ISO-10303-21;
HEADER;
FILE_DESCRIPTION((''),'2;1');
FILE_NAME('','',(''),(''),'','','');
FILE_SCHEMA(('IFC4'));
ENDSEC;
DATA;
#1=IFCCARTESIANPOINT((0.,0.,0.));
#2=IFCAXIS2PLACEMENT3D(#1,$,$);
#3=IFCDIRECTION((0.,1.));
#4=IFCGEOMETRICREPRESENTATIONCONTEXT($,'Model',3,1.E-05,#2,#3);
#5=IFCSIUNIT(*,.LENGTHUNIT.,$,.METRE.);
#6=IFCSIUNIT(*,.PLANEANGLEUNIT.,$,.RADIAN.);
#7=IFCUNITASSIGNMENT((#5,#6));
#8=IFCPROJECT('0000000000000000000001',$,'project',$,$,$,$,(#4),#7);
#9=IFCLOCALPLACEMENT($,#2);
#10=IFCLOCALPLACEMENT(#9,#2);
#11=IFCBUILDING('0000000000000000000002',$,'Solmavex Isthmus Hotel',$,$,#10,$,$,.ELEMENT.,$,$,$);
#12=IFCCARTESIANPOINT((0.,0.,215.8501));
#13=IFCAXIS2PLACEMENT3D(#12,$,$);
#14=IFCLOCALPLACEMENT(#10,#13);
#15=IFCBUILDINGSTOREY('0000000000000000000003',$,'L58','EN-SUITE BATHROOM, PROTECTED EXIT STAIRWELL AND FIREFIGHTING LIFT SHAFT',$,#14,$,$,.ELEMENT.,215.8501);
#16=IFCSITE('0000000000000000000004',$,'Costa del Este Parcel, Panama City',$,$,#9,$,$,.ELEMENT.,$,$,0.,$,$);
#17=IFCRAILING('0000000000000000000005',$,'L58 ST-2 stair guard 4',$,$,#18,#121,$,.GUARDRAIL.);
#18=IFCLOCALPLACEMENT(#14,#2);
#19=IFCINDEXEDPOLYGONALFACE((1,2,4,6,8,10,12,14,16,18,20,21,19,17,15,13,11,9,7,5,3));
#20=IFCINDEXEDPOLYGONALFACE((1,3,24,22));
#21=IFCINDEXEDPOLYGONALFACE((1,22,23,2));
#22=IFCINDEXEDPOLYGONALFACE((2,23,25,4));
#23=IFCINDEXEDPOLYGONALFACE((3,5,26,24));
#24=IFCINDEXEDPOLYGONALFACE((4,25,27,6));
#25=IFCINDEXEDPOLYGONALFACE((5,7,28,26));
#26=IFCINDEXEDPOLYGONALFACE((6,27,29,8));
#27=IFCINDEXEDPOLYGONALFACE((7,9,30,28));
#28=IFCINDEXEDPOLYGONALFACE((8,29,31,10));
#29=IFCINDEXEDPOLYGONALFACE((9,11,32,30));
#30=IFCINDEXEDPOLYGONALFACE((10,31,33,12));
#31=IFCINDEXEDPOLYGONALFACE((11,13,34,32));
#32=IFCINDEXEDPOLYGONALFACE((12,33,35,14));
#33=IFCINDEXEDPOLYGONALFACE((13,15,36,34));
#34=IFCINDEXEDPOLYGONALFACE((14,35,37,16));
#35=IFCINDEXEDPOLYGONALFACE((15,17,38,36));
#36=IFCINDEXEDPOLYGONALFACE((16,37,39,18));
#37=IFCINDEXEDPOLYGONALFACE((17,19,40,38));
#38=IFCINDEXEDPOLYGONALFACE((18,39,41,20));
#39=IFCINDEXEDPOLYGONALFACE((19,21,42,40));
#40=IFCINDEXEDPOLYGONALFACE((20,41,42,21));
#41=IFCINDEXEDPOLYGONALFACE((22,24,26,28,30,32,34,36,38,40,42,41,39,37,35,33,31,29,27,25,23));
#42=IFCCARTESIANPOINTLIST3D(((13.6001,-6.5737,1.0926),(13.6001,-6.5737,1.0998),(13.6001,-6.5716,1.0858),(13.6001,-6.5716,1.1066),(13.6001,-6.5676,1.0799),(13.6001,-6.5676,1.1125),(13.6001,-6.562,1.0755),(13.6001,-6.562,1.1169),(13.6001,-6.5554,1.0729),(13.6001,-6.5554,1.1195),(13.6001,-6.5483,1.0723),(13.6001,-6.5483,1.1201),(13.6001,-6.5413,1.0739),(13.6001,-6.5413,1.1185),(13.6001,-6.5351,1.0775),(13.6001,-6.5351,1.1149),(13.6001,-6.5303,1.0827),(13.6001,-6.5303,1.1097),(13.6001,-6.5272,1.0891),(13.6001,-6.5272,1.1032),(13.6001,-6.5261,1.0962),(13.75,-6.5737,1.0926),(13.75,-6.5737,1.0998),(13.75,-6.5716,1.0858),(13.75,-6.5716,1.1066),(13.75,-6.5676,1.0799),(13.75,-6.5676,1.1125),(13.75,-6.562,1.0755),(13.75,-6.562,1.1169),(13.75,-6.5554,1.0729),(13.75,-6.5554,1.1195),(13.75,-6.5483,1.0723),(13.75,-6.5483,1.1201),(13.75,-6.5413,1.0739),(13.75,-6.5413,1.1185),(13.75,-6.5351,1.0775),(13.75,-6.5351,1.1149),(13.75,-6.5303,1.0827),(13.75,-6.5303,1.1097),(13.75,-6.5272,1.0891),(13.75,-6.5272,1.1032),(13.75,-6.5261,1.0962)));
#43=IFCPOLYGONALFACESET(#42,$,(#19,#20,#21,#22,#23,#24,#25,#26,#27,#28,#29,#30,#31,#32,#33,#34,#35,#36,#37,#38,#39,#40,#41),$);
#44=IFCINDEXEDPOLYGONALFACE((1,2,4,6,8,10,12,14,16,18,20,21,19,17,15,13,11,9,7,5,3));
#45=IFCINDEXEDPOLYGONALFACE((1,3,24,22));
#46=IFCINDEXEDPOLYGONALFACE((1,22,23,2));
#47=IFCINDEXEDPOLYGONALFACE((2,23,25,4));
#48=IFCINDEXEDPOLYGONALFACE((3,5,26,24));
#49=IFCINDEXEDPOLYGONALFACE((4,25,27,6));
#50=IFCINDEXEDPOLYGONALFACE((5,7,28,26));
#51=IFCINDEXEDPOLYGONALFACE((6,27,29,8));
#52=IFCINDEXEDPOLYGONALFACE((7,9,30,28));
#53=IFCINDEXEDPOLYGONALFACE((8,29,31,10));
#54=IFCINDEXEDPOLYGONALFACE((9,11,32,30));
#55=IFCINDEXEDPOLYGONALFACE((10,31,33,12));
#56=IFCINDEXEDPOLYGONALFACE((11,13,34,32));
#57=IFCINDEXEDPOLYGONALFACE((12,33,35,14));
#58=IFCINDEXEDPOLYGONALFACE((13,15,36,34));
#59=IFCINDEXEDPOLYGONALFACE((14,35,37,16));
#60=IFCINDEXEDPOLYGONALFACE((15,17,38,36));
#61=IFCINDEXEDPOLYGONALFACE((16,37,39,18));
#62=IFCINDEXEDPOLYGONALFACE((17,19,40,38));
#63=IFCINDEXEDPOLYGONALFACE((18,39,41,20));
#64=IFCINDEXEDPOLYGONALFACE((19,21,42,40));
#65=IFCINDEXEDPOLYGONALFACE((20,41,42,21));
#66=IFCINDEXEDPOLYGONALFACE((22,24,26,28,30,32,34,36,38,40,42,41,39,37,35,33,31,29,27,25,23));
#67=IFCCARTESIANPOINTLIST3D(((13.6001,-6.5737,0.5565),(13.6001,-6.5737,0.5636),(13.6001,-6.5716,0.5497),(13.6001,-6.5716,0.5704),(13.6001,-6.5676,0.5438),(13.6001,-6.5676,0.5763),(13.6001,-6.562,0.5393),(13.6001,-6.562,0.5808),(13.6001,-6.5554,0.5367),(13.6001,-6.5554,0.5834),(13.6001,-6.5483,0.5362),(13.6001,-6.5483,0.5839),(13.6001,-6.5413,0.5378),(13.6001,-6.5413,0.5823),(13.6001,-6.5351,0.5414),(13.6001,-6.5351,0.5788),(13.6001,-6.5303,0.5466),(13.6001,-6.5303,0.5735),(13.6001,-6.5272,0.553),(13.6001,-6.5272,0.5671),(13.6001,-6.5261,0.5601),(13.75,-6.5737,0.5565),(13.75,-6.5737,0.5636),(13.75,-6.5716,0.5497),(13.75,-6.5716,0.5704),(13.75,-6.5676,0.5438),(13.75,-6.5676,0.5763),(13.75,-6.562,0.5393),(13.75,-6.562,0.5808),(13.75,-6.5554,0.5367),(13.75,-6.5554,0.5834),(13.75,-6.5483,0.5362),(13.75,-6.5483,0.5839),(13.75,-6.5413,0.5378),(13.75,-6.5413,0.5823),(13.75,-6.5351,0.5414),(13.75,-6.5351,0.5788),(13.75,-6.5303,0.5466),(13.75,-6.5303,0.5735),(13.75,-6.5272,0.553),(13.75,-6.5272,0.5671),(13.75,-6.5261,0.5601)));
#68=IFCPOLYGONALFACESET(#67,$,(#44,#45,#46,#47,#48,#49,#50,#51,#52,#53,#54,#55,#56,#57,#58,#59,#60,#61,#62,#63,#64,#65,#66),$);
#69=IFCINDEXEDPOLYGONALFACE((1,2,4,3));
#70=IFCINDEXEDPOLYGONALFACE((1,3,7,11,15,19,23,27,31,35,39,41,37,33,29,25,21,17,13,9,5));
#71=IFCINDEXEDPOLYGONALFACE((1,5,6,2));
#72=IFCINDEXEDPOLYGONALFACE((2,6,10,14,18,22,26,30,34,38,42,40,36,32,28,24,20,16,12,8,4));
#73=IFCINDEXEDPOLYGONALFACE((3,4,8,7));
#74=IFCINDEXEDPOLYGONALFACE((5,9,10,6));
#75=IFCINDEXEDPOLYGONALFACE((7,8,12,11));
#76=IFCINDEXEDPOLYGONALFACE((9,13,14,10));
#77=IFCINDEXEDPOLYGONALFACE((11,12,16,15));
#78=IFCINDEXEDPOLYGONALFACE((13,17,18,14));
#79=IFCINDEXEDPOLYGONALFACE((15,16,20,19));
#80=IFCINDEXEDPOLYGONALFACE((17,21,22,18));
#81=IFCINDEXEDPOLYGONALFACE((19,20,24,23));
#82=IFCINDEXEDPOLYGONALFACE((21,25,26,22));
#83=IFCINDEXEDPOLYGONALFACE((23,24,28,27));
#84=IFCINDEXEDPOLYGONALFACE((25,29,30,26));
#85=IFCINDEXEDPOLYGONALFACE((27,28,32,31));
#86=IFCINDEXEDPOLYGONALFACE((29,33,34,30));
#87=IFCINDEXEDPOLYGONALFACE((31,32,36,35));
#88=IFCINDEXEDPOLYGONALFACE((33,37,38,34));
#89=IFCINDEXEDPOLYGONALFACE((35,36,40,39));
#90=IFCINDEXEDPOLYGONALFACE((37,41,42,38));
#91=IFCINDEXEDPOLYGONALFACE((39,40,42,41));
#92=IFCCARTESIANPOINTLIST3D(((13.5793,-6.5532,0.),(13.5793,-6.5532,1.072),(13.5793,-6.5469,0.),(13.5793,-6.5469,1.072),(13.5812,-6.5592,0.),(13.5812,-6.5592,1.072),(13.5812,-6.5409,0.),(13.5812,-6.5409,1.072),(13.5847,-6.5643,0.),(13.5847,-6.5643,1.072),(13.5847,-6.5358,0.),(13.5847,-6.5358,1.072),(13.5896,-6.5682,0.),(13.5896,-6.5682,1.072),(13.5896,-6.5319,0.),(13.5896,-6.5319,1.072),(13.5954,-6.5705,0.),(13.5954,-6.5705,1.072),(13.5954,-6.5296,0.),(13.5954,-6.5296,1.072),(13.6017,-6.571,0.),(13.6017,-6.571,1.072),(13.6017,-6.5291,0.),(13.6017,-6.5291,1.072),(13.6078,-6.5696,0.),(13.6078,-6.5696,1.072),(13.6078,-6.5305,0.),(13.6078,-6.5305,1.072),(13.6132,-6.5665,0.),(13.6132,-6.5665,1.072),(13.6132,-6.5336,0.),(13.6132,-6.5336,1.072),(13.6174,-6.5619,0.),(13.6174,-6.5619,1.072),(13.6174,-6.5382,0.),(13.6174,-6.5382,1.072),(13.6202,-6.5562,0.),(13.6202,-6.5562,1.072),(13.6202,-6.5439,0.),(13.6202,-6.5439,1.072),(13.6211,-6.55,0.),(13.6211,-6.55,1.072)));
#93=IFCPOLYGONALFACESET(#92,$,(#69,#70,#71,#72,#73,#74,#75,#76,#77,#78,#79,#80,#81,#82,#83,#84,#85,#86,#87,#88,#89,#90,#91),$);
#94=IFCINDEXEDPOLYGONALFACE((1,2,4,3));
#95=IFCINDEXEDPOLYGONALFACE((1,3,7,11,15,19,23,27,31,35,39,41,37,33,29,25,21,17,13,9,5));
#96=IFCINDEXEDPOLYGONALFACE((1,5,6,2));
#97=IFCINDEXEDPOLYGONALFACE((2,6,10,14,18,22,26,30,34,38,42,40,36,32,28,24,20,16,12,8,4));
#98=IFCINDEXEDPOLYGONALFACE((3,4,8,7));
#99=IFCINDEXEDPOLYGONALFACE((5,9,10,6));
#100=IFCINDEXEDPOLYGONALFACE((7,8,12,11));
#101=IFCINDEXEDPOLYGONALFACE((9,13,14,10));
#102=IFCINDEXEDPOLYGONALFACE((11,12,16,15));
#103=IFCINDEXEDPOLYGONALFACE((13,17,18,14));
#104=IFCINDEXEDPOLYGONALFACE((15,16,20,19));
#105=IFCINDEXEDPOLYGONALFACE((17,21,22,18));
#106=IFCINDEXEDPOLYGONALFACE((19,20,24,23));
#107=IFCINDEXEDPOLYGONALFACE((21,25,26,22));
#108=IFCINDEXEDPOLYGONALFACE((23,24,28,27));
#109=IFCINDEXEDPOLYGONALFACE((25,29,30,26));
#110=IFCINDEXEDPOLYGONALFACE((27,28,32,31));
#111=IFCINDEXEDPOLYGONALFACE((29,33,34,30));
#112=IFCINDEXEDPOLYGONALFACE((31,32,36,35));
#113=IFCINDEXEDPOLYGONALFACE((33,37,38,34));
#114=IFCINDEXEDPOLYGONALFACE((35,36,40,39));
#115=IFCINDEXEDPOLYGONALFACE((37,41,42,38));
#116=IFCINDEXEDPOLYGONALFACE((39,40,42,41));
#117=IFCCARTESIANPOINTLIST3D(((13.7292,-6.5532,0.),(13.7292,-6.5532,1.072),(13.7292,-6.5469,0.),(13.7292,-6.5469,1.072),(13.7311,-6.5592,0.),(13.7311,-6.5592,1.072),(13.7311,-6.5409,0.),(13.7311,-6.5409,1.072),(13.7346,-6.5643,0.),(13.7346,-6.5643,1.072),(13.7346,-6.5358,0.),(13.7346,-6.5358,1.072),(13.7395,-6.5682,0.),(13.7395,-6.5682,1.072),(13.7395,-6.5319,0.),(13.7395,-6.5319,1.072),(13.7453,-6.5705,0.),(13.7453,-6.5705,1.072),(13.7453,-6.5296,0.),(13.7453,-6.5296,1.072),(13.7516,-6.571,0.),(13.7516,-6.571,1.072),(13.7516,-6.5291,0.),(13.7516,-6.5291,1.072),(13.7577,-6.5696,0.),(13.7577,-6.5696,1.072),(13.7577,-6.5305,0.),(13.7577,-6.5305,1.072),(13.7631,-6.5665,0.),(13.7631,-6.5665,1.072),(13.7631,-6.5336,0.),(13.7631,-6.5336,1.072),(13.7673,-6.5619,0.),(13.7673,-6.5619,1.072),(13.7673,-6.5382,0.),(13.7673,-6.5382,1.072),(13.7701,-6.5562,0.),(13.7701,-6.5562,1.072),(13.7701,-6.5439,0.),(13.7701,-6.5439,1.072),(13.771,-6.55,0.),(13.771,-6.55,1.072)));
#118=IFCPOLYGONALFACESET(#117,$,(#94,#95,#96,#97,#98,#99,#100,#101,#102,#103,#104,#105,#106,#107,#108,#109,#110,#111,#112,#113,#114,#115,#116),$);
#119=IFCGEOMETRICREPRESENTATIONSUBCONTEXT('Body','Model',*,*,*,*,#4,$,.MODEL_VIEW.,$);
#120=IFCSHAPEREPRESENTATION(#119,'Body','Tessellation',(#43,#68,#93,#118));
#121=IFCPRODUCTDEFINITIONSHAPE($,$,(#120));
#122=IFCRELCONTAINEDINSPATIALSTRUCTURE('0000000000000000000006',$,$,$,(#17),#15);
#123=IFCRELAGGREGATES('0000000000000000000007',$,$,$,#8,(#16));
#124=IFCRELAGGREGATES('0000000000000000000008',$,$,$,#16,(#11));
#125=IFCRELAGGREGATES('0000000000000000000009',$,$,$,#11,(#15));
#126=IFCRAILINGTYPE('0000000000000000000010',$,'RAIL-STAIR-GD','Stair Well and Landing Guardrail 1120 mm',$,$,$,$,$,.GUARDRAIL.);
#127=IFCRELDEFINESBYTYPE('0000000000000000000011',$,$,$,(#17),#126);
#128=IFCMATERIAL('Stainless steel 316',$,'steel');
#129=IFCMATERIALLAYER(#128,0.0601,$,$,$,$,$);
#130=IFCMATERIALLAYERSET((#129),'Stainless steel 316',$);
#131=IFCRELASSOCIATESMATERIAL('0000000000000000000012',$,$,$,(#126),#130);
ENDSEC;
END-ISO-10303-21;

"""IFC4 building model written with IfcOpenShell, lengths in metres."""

from ifc_helpers import new_model, si_unit, direction, frame, origin, origin_2d, place, context, subcontext, project, spatial, circle, extrude, material, layer, layer_set, type_object, element, save


model = new_model("IFC4")

# Units and contexts
model_context = context("Model", 3, precision=1e-05, world=origin(), true_north=direction((0.0, 1.0)))
body_context = subcontext(model_context, "Body", "Model", "MODEL_VIEW")
ifc_project = project(units=[si_unit("LENGTHUNIT", "METRE"), si_unit("PLANEANGLEUNIT", "RADIAN")], contexts=[model_context])

# Site, building, storey
site_placement = place(None, origin())
site = spatial("IfcSite", under=ifc_project, at=site_placement, Name="Costa del Este Parcel, Panama City", CompositionType="ELEMENT", RefElevation=0.0)
building_placement = place(site_placement, origin())
building = spatial("IfcBuilding", under=site, at=building_placement, Name="Solmavex Isthmus Hotel", CompositionType="ELEMENT")
storey_placement = place(building_placement, frame((0.0, 0.0, 215.8501)))
storey = spatial("IfcBuildingStorey", under=building, at=storey_placement, Name="L58", Description="EN-SUITE BATHROOM, PROTECTED EXIT STAIRWELL AND FIREFIGHTING LIFT SHAFT", CompositionType="ELEMENT", Elevation=215.8501)

# Shared definitions
ifc_material_1 = material(Name="Stainless steel 316", Category="steel")

# Railing
ifc_layer_1 = layer(ifc_material_1, 0.0601)
ifc_layer_set_1 = layer_set([ifc_layer_1], Name="Stainless steel 316")
railing_type_1 = type_object("IfcRailingType", Name="RAIL-STAIR-GD", Description="Stair Well and Landing Guardrail 1120 mm", PredefinedType="GUARDRAIL", material=ifc_layer_set_1)
for number, where, name in (
    (1, (13.6001, -6.55, 0.0), "L58 ST-2 stair guard 4"),
):
    element("IfcRailing", number, at=place(storey_placement, frame(where)), inside=storey, type_object=railing_type_1, Name=name, PredefinedType="GUARDRAIL", context=body_context, shape_type="SweptSolid", body=[
        extrude(circle(Radius=0.0239, at=origin_2d()), frame((0.0, 0.0, 1.0962), z_axis=(1.0, 0.0, 0.0), x_axis=(0.0, 1.0, 0.0)), (0.0, 0.0, 1.0), 0.1499),
        extrude(circle(Radius=0.0239, at=origin_2d()), frame((0.0, 0.0, 0.5601), z_axis=(1.0, 0.0, 0.0), x_axis=(0.0, 1.0, 0.0)), (0.0, 0.0, 1.0), 0.1499),
        extrude(circle(Radius=0.021, at=origin_2d()), origin(), (0.0, 0.0, 1.0), 1.072),
        extrude(circle(Radius=0.021, at=origin_2d()), frame((0.1499, 0.0, 0.0)), (0.0, 0.0, 1.0), 1.072),
    ])

save(model, "model.ifc")
